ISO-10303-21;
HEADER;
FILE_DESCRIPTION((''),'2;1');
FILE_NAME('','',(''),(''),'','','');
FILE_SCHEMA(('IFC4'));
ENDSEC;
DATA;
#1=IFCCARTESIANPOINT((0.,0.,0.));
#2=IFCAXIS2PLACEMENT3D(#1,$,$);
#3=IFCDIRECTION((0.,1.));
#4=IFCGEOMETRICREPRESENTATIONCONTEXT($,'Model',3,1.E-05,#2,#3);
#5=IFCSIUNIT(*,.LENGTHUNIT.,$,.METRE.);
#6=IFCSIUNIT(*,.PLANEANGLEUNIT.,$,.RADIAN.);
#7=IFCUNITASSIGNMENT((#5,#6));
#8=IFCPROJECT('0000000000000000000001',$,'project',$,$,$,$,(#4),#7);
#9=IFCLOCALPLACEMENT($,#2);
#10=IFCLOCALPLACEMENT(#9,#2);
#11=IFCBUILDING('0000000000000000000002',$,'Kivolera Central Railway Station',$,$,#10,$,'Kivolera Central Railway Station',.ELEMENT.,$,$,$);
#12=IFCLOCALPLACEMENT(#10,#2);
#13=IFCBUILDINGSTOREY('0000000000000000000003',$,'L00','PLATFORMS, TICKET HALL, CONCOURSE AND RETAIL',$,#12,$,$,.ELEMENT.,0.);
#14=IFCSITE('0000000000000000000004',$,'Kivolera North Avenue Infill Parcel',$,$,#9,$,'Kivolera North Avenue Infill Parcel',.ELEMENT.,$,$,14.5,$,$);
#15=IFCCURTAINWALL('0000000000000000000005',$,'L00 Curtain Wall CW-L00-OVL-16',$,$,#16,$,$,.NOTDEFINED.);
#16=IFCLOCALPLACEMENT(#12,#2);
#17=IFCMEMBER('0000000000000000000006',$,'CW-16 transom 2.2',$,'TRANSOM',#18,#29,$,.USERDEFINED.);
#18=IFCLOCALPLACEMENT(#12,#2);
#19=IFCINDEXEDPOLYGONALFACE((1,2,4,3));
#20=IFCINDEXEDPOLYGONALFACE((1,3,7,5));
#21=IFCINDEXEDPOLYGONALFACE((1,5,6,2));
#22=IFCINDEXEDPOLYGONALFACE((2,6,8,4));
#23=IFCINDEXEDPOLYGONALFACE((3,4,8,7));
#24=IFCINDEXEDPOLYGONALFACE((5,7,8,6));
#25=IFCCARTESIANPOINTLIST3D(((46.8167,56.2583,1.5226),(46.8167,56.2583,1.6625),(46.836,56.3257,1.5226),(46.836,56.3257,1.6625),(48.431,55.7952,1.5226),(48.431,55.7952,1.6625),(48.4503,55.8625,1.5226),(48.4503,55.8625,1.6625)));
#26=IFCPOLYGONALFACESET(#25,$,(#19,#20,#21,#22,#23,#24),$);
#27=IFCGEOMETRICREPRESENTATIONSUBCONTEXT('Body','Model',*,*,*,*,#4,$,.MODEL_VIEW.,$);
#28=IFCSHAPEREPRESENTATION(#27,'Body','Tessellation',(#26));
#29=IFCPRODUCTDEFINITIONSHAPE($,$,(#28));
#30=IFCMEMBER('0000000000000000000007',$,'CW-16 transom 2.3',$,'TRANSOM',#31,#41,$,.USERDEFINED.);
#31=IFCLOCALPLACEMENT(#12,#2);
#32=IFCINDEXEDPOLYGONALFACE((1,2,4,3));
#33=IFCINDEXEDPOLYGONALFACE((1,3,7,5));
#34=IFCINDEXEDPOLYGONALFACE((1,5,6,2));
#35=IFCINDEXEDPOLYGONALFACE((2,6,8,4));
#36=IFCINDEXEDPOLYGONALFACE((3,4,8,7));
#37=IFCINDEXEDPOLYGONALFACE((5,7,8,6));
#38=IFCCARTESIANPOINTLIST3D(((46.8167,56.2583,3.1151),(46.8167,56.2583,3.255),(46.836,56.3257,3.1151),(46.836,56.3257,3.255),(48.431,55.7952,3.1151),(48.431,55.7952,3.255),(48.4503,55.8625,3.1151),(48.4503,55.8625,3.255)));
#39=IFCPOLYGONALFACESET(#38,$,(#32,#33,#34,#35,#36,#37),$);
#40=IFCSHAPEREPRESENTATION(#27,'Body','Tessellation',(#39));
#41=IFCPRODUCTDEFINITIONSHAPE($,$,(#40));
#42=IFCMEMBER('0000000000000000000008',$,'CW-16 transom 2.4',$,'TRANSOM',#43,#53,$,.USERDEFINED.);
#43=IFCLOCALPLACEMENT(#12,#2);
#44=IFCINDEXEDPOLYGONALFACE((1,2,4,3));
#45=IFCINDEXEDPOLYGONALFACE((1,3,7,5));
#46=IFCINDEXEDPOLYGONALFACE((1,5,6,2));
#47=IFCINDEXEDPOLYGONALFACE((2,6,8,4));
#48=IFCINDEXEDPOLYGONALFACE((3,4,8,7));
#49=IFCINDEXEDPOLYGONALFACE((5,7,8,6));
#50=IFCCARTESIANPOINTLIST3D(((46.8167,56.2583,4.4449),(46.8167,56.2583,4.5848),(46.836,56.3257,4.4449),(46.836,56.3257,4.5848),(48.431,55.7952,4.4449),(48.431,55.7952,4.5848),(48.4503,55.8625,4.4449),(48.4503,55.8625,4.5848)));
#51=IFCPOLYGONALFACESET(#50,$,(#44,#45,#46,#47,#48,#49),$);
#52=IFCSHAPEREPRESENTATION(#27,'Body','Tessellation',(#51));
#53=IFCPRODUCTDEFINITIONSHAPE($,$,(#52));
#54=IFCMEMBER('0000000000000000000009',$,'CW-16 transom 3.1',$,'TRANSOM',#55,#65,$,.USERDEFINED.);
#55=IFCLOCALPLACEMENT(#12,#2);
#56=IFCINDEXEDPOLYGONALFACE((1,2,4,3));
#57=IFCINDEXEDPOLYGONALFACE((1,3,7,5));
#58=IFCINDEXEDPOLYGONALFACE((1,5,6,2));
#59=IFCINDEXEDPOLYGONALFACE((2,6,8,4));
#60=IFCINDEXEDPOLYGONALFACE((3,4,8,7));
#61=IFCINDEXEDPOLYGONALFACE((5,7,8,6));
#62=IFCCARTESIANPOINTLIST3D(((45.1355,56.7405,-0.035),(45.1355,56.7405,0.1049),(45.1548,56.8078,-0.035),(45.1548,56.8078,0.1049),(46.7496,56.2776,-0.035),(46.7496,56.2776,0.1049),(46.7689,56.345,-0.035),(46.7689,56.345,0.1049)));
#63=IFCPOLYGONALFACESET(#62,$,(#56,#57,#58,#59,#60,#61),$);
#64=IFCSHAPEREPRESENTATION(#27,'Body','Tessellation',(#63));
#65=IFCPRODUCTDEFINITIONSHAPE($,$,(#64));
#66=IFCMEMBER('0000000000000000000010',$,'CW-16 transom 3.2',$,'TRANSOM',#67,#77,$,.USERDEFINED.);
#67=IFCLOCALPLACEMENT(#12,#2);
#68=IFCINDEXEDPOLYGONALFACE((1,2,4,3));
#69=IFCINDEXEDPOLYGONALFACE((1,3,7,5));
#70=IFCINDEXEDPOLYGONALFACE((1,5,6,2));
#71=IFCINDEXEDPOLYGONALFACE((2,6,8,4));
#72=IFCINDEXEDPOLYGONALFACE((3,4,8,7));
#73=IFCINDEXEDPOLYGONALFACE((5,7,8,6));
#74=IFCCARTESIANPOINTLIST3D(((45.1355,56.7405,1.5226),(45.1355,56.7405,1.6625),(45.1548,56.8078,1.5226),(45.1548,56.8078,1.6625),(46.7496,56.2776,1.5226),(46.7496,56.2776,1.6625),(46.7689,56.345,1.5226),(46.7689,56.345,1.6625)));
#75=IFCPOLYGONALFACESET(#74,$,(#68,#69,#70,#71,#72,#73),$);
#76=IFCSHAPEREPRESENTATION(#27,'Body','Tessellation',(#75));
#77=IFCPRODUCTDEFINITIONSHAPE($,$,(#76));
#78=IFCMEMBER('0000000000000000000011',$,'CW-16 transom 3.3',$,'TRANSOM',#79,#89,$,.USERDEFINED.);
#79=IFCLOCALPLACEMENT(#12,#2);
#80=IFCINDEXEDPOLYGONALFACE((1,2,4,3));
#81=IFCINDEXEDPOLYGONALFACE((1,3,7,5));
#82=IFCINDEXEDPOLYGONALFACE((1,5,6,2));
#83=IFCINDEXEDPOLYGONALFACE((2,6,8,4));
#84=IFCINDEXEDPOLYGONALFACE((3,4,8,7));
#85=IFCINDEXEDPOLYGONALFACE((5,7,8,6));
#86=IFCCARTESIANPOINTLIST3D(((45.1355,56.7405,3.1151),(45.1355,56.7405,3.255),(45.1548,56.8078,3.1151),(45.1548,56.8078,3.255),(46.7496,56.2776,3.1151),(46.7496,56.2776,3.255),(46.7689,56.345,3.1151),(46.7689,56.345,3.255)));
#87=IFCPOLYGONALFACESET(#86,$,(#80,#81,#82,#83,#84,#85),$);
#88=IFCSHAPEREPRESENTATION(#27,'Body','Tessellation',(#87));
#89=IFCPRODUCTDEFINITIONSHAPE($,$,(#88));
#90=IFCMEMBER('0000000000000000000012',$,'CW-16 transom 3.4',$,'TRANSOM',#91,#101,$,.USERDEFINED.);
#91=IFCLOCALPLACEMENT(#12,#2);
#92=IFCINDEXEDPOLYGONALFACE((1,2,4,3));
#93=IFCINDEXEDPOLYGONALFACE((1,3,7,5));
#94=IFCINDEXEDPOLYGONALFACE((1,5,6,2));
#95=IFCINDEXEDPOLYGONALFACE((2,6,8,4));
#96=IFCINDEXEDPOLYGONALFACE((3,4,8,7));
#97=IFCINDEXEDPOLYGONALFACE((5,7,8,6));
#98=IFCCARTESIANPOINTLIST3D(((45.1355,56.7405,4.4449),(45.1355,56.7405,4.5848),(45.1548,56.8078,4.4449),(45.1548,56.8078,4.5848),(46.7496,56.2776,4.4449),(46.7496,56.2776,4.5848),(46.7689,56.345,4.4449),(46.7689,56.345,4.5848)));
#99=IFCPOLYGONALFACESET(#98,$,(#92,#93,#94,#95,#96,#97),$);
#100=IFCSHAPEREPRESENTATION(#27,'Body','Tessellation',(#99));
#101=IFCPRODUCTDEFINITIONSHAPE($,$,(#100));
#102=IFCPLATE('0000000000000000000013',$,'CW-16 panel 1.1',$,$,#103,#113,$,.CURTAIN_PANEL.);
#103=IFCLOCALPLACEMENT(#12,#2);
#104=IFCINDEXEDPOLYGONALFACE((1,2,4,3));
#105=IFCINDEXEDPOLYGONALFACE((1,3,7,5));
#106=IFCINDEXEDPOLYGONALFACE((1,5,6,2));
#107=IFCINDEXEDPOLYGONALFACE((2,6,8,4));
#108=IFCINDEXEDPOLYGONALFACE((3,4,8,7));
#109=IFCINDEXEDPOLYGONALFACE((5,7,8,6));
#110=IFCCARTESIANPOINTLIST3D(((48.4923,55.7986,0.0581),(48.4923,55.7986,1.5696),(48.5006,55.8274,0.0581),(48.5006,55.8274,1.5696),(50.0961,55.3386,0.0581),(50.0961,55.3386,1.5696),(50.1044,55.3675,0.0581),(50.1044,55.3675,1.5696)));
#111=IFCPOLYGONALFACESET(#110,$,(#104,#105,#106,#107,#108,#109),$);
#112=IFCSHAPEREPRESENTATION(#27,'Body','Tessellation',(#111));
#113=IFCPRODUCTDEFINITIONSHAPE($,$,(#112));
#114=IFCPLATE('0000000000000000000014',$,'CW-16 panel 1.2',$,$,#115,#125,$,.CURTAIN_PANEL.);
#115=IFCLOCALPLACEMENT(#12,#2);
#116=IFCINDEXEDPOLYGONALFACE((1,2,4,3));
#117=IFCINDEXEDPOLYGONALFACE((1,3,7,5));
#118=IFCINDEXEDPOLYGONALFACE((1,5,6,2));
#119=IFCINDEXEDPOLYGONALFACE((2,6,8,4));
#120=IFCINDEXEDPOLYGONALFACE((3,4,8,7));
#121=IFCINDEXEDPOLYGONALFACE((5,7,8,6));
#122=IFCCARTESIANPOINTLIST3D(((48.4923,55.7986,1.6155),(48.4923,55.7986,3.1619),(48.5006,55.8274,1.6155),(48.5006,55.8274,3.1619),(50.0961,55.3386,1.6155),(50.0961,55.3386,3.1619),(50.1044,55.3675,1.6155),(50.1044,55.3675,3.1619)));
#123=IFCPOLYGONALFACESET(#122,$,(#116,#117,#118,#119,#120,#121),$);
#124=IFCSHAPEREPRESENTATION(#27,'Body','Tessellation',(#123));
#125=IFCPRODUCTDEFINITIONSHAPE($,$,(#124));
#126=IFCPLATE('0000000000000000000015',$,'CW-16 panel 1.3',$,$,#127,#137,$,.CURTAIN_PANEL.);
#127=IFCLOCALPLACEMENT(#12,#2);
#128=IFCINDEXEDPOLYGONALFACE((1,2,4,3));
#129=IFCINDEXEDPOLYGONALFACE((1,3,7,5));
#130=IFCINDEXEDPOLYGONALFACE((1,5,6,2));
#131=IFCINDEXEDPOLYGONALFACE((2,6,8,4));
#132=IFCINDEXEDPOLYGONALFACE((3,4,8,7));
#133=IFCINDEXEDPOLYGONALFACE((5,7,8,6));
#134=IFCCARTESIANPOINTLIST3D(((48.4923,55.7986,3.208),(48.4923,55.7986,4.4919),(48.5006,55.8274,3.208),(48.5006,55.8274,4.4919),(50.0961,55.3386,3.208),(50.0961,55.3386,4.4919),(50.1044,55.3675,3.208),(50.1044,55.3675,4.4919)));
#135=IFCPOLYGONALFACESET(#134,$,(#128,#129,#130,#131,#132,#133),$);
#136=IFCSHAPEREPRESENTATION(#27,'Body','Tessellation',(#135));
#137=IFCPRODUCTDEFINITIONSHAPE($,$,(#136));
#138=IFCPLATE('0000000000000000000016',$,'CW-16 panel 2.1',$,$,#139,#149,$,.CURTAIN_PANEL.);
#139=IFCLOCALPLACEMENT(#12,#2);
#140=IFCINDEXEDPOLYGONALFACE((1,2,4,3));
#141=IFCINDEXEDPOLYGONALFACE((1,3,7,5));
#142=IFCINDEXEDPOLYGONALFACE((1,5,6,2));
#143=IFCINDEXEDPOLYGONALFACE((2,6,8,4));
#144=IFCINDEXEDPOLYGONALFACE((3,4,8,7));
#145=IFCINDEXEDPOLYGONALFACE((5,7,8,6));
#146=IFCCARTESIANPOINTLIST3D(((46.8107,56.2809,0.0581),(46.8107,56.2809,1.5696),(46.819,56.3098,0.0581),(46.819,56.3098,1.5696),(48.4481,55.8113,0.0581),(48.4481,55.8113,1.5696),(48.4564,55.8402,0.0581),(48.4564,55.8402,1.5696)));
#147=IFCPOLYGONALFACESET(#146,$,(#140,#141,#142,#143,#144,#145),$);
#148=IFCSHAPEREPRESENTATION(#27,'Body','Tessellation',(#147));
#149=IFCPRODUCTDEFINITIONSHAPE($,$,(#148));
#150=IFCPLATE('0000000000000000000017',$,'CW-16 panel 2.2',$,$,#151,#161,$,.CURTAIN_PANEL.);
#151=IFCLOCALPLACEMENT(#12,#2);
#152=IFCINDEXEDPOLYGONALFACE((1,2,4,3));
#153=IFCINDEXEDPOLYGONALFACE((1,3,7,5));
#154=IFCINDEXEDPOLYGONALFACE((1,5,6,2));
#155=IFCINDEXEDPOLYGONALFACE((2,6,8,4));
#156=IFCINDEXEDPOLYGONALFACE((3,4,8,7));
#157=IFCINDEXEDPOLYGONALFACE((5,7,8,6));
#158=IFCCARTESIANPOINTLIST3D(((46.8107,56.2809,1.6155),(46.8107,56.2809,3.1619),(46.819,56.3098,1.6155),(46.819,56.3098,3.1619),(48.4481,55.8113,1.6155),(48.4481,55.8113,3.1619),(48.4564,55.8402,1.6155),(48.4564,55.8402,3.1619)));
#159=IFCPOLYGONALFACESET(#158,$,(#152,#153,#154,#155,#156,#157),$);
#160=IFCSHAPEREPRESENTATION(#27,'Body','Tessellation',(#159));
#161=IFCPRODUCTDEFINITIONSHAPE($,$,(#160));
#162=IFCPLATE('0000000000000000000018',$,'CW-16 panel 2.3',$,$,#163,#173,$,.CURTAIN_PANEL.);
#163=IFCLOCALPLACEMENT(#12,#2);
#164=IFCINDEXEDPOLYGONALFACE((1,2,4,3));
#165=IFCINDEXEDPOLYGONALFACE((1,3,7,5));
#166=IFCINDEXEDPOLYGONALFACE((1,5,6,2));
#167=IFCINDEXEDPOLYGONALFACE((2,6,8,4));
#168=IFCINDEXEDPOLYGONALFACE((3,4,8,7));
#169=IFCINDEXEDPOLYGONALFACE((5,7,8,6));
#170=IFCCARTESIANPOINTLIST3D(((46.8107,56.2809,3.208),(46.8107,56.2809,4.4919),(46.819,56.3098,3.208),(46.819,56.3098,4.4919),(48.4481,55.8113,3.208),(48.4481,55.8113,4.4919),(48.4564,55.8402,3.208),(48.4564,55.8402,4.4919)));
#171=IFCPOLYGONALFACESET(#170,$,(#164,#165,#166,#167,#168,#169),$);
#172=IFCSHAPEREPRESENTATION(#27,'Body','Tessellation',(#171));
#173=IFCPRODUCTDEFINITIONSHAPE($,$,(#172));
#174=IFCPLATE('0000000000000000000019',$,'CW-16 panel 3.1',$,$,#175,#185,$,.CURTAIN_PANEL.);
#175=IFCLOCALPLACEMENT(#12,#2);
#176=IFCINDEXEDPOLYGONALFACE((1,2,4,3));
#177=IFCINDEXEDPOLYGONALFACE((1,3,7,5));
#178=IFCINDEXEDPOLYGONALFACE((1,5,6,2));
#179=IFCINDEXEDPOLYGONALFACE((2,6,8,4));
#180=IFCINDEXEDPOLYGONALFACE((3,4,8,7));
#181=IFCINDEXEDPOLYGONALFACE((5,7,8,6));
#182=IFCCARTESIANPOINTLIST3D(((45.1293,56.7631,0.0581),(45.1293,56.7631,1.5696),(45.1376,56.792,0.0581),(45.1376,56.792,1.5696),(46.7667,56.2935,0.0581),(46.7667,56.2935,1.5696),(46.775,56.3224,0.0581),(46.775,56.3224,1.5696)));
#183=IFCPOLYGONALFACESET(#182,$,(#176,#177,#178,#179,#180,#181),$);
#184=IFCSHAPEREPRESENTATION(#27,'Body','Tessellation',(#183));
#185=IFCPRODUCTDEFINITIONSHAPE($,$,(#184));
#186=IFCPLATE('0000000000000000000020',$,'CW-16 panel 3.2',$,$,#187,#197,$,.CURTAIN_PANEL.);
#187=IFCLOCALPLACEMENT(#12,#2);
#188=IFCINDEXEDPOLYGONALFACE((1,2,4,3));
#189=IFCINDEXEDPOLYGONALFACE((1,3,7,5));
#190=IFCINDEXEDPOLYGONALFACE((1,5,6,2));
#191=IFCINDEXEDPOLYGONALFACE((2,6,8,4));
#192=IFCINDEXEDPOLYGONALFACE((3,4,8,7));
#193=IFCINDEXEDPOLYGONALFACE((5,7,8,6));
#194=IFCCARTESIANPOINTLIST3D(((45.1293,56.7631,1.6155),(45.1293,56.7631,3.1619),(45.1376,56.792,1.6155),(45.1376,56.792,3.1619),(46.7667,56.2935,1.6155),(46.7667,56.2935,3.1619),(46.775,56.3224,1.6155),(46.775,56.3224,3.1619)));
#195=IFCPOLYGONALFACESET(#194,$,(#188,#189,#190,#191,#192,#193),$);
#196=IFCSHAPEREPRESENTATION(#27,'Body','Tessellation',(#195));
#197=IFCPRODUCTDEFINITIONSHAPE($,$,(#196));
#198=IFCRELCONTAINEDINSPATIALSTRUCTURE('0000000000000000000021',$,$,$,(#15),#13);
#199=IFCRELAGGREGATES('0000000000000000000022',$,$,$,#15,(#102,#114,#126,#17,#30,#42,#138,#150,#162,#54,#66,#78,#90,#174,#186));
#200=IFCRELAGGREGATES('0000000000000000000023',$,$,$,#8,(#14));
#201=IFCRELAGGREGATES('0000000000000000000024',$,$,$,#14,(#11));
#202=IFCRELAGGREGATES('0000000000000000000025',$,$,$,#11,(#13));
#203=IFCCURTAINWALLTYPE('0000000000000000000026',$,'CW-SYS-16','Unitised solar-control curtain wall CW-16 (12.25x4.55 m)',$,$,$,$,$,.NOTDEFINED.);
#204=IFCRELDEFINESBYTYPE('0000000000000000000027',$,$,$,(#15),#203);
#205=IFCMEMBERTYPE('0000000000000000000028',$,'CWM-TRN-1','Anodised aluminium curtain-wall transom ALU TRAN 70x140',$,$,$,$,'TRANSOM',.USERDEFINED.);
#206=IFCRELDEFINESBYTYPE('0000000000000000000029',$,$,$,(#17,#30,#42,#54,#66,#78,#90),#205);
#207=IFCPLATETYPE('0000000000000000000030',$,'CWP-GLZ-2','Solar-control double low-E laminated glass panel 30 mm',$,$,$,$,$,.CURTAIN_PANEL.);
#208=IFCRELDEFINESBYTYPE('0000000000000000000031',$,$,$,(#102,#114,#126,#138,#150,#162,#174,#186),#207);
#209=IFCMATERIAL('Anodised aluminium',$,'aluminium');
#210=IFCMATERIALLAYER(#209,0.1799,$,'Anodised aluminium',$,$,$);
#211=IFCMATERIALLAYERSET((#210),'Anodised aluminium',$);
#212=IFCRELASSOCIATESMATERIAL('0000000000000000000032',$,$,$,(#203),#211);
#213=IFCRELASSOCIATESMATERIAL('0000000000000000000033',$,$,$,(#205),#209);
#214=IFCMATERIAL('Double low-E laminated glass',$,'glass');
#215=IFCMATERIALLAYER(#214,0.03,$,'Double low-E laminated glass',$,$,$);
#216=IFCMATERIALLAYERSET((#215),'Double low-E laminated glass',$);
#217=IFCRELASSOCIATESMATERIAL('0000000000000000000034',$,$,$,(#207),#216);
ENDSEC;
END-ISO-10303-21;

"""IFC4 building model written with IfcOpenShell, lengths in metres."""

from ifc_helpers import new_model, si_unit, direction, frame, origin, origin_2d, place, context, subcontext, project, spatial, rectangle, extrude, material, layer, layer_set, material_profile, profile_set, type_object, element, aggregate, save


model = new_model("IFC4")

# Units and contexts
model_context = context("Model", 3, precision=1e-05, world=origin(), true_north=direction((0.0, 1.0)))
body_context = subcontext(model_context, "Body", "Model", "MODEL_VIEW")
ifc_project = project(units=[si_unit("LENGTHUNIT", "METRE"), si_unit("PLANEANGLEUNIT", "RADIAN")], contexts=[model_context])

# Site, building, storey
site_placement = place(None, origin())
site = spatial("IfcSite", under=ifc_project, at=site_placement, Name="Kivolera North Avenue Infill Parcel", LongName="Kivolera North Avenue Infill Parcel", CompositionType="ELEMENT", RefElevation=14.5)
building_placement = place(site_placement, origin())
building = spatial("IfcBuilding", under=site, at=building_placement, Name="Kivolera Central Railway Station", LongName="Kivolera Central Railway Station", CompositionType="ELEMENT")
storey_placement = place(building_placement, origin())
storey = spatial("IfcBuildingStorey", under=building, at=storey_placement, Name="L00", Description="PLATFORMS, TICKET HALL, CONCOURSE AND RETAIL", CompositionType="ELEMENT", Elevation=0.0)

# Curtain wall, members, plates
ifc_material_1 = material(Name="Anodised aluminium", Category="aluminium")
ifc_layer_1 = layer(ifc_material_1, 0.1799, Name="Anodised aluminium")
ifc_layer_set_1 = layer_set([ifc_layer_1], Name="Anodised aluminium")
curtain_wall_type = type_object("IfcCurtainWallType", Name="CW-SYS-16", Description="Unitised solar-control curtain wall CW-16 (12.25x4.55 m)", PredefinedType="NOTDEFINED", material=ifc_layer_set_1)
curtain_wall_placement = place(storey_placement, origin())
curtain_wall = element("IfcCurtainWall", 1, at=curtain_wall_placement, inside=storey, type_object=curtain_wall_type, Name="L00 Curtain Wall CW-L00-OVL-16", PredefinedType="NOTDEFINED")
ifc_material_profile_1 = material_profile(ifc_material_1, rectangle(XDim=0.0701, YDim=0.1399, at=origin_2d()), Name="ALU TRAN 70x140")
ifc_profile_set_1 = profile_set([ifc_material_profile_1], Name="Anodised aluminium")
member_type_1 = type_object("IfcMemberType", Name="CWM-TRN-1", Description="Anodised aluminium curtain-wall transom ALU TRAN 70x140", ElementType="TRANSOM", PredefinedType="USERDEFINED", material=ifc_profile_set_1)
member_1_placement = place(storey_placement, frame((48.4407, 55.8289, 1.5925), z_axis=(-0.961222, 0.275777, 0.0), x_axis=(-0.275777, -0.961222, 0.0)))
member_1 = element("IfcMember", 2, at=member_1_placement, type_object=member_type_1, Name="CW-16 transom 2.2", ObjectType="TRANSOM", PredefinedType="USERDEFINED", context=body_context, shape_type="SweptSolid", body=[
    extrude(rectangle(XDim=0.0701, YDim=0.1399, at=origin_2d()), origin(), (0.0, 0.0, 1.0), 1.6794),
])
member_2_placement = place(storey_placement, frame((48.4407, 55.8289, 3.1851), z_axis=(-0.961222, 0.275777, 0.0), x_axis=(-0.275777, -0.961222, 0.0)))
member_2 = element("IfcMember", 3, at=member_2_placement, type_object=member_type_1, Name="CW-16 transom 2.3", ObjectType="TRANSOM", PredefinedType="USERDEFINED", context=body_context, shape_type="SweptSolid", body=[
    extrude(rectangle(XDim=0.0701, YDim=0.1399, at=origin_2d()), origin(), (0.0, 0.0, 1.0), 1.6794),
])
member_3_placement = place(storey_placement, frame((48.4407, 55.8289, 4.5149), z_axis=(-0.961222, 0.275777, 0.0), x_axis=(-0.275777, -0.961222, 0.0)))
member_3 = element("IfcMember", 4, at=member_3_placement, type_object=member_type_1, Name="CW-16 transom 2.4", ObjectType="TRANSOM", PredefinedType="USERDEFINED", context=body_context, shape_type="SweptSolid", body=[
    extrude(rectangle(XDim=0.0701, YDim=0.1399, at=origin_2d()), origin(), (0.0, 0.0, 1.0), 1.6794),
])
member_4_placement = place(storey_placement, frame((46.7593, 56.3113, 0.0349), z_axis=(-0.96126, 0.275643, 0.0), x_axis=(-0.275643, -0.96126, 0.0)))
member_4 = element("IfcMember", 5, at=member_4_placement, type_object=member_type_1, Name="CW-16 transom 3.1", ObjectType="TRANSOM", PredefinedType="USERDEFINED", context=body_context, shape_type="SweptSolid", body=[
    extrude(rectangle(XDim=0.0701, YDim=0.1399, at=origin_2d()), origin(), (0.0, 0.0, 1.0), 1.6792),
])
member_5_placement = place(storey_placement, frame((46.7593, 56.3113, 1.5925), z_axis=(-0.96126, 0.275643, 0.0), x_axis=(-0.275643, -0.96126, 0.0)))
member_5 = element("IfcMember", 6, at=member_5_placement, type_object=member_type_1, Name="CW-16 transom 3.2", ObjectType="TRANSOM", PredefinedType="USERDEFINED", context=body_context, shape_type="SweptSolid", body=[
    extrude(rectangle(XDim=0.0701, YDim=0.1399, at=origin_2d()), origin(), (0.0, 0.0, 1.0), 1.6792),
])
member_6_placement = place(storey_placement, frame((46.7593, 56.3113, 3.1851), z_axis=(-0.96126, 0.275643, 0.0), x_axis=(-0.275643, -0.96126, 0.0)))
member_6 = element("IfcMember", 7, at=member_6_placement, type_object=member_type_1, Name="CW-16 transom 3.3", ObjectType="TRANSOM", PredefinedType="USERDEFINED", context=body_context, shape_type="SweptSolid", body=[
    extrude(rectangle(XDim=0.0701, YDim=0.1399, at=origin_2d()), origin(), (0.0, 0.0, 1.0), 1.6792),
])
member_7_placement = place(storey_placement, frame((46.7593, 56.3113, 4.5149), z_axis=(-0.96126, 0.275643, 0.0), x_axis=(-0.275643, -0.96126, 0.0)))
member_7 = element("IfcMember", 8, at=member_7_placement, type_object=member_type_1, Name="CW-16 transom 3.4", ObjectType="TRANSOM", PredefinedType="USERDEFINED", context=body_context, shape_type="SweptSolid", body=[
    extrude(rectangle(XDim=0.0701, YDim=0.1399, at=origin_2d()), origin(), (0.0, 0.0, 1.0), 1.6792),
])
ifc_material_2 = material(Name="Double low-E laminated glass", Category="glass")
ifc_layer_2 = layer(ifc_material_2, 0.03, Name="Double low-E laminated glass")
ifc_layer_set_2 = layer_set([ifc_layer_2], Name="Double low-E laminated glass")
plate_type = type_object("IfcPlateType", Name="CWP-GLZ-2", Description="Solar-control double low-E laminated glass panel 30 mm", PredefinedType="CURTAIN_PANEL", material=ifc_layer_set_2)
plate_1_placement = place(storey_placement, frame((49.2983, 55.583, 0.0581), z_axis=(0.0, 0.0, 1.0), x_axis=(-0.961246, 0.275692, 0.0)))
plate_1 = element("IfcPlate", 9, at=plate_1_placement, type_object=plate_type, Name="CW-16 panel 1.1", PredefinedType="CURTAIN_PANEL", context=body_context, shape_type="SweptSolid", body=[
    extrude(rectangle(XDim=1.6685, YDim=0.03, at=origin_2d()), origin(), (0.0, 0.0, 1.0), 1.5115),
])
plate_2_placement = place(storey_placement, frame((49.2983, 55.583, 1.6155), z_axis=(0.0, 0.0, 1.0), x_axis=(-0.961246, 0.275692, 0.0)))
plate_2 = element("IfcPlate", 10, at=plate_2_placement, type_object=plate_type, Name="CW-16 panel 1.2", PredefinedType="CURTAIN_PANEL", context=body_context, shape_type="SweptSolid", body=[
    extrude(rectangle(XDim=1.6685, YDim=0.03, at=origin_2d()), origin(), (0.0, 0.0, 1.0), 1.5464),
])
plate_3_placement = place(storey_placement, frame((49.2983, 55.583, 3.208), z_axis=(0.0, 0.0, 1.0), x_axis=(-0.961246, 0.275692, 0.0)))
plate_3 = element("IfcPlate", 11, at=plate_3_placement, type_object=plate_type, Name="CW-16 panel 1.3", PredefinedType="CURTAIN_PANEL", context=body_context, shape_type="SweptSolid", body=[
    extrude(rectangle(XDim=1.6685, YDim=0.03, at=origin_2d()), origin(), (0.0, 0.0, 1.0), 1.2839),
])
plate_4_placement = place(storey_placement, frame((47.6335, 56.0605, 0.0581), z_axis=(0.0, 0.0, 1.0), x_axis=(-0.961246, 0.275692, 0.0)))
plate_4 = element("IfcPlate", 12, at=plate_4_placement, type_object=plate_type, Name="CW-16 panel 2.1", PredefinedType="CURTAIN_PANEL", context=body_context, shape_type="SweptSolid", body=[
    extrude(rectangle(XDim=1.7034, YDim=0.03, at=origin_2d()), origin(), (0.0, 0.0, 1.0), 1.5115),
])
plate_5_placement = place(storey_placement, frame((47.6335, 56.0605, 1.6155), z_axis=(0.0, 0.0, 1.0), x_axis=(-0.961246, 0.275692, 0.0)))
plate_5 = element("IfcPlate", 13, at=plate_5_placement, type_object=plate_type, Name="CW-16 panel 2.2", PredefinedType="CURTAIN_PANEL", context=body_context, shape_type="SweptSolid", body=[
    extrude(rectangle(XDim=1.7034, YDim=0.03, at=origin_2d()), origin(), (0.0, 0.0, 1.0), 1.5464),
])
plate_6_placement = place(storey_placement, frame((47.6335, 56.0605, 3.208), z_axis=(0.0, 0.0, 1.0), x_axis=(-0.961246, 0.275692, 0.0)))
plate_6 = element("IfcPlate", 14, at=plate_6_placement, type_object=plate_type, Name="CW-16 panel 2.3", PredefinedType="CURTAIN_PANEL", context=body_context, shape_type="SweptSolid", body=[
    extrude(rectangle(XDim=1.7034, YDim=0.03, at=origin_2d()), origin(), (0.0, 0.0, 1.0), 1.2839),
])
plate_7_placement = place(storey_placement, frame((45.9521, 56.5427, 0.0581), z_axis=(0.0, 0.0, 1.0), x_axis=(-0.961246, 0.275692, 0.0)))
plate_7 = element("IfcPlate", 15, at=plate_7_placement, type_object=plate_type, Name="CW-16 panel 3.1", PredefinedType="CURTAIN_PANEL", context=body_context, shape_type="SweptSolid", body=[
    extrude(rectangle(XDim=1.7034, YDim=0.03, at=origin_2d()), origin(), (0.0, 0.0, 1.0), 1.5115),
])
plate_8_placement = place(storey_placement, frame((45.9521, 56.5427, 1.6155), z_axis=(0.0, 0.0, 1.0), x_axis=(-0.961246, 0.275692, 0.0)))
plate_8 = element("IfcPlate", 16, at=plate_8_placement, type_object=plate_type, Name="CW-16 panel 3.2", PredefinedType="CURTAIN_PANEL", context=body_context, shape_type="SweptSolid", body=[
    extrude(rectangle(XDim=1.7034, YDim=0.03, at=origin_2d()), origin(), (0.0, 0.0, 1.0), 1.5464),
])
aggregate(curtain_wall, [plate_1, plate_2, plate_3, member_1, member_2, member_3, plate_4, plate_5, plate_6, member_4, member_5, member_6, member_7, plate_7, plate_8])

save(model, "model.ifc")
